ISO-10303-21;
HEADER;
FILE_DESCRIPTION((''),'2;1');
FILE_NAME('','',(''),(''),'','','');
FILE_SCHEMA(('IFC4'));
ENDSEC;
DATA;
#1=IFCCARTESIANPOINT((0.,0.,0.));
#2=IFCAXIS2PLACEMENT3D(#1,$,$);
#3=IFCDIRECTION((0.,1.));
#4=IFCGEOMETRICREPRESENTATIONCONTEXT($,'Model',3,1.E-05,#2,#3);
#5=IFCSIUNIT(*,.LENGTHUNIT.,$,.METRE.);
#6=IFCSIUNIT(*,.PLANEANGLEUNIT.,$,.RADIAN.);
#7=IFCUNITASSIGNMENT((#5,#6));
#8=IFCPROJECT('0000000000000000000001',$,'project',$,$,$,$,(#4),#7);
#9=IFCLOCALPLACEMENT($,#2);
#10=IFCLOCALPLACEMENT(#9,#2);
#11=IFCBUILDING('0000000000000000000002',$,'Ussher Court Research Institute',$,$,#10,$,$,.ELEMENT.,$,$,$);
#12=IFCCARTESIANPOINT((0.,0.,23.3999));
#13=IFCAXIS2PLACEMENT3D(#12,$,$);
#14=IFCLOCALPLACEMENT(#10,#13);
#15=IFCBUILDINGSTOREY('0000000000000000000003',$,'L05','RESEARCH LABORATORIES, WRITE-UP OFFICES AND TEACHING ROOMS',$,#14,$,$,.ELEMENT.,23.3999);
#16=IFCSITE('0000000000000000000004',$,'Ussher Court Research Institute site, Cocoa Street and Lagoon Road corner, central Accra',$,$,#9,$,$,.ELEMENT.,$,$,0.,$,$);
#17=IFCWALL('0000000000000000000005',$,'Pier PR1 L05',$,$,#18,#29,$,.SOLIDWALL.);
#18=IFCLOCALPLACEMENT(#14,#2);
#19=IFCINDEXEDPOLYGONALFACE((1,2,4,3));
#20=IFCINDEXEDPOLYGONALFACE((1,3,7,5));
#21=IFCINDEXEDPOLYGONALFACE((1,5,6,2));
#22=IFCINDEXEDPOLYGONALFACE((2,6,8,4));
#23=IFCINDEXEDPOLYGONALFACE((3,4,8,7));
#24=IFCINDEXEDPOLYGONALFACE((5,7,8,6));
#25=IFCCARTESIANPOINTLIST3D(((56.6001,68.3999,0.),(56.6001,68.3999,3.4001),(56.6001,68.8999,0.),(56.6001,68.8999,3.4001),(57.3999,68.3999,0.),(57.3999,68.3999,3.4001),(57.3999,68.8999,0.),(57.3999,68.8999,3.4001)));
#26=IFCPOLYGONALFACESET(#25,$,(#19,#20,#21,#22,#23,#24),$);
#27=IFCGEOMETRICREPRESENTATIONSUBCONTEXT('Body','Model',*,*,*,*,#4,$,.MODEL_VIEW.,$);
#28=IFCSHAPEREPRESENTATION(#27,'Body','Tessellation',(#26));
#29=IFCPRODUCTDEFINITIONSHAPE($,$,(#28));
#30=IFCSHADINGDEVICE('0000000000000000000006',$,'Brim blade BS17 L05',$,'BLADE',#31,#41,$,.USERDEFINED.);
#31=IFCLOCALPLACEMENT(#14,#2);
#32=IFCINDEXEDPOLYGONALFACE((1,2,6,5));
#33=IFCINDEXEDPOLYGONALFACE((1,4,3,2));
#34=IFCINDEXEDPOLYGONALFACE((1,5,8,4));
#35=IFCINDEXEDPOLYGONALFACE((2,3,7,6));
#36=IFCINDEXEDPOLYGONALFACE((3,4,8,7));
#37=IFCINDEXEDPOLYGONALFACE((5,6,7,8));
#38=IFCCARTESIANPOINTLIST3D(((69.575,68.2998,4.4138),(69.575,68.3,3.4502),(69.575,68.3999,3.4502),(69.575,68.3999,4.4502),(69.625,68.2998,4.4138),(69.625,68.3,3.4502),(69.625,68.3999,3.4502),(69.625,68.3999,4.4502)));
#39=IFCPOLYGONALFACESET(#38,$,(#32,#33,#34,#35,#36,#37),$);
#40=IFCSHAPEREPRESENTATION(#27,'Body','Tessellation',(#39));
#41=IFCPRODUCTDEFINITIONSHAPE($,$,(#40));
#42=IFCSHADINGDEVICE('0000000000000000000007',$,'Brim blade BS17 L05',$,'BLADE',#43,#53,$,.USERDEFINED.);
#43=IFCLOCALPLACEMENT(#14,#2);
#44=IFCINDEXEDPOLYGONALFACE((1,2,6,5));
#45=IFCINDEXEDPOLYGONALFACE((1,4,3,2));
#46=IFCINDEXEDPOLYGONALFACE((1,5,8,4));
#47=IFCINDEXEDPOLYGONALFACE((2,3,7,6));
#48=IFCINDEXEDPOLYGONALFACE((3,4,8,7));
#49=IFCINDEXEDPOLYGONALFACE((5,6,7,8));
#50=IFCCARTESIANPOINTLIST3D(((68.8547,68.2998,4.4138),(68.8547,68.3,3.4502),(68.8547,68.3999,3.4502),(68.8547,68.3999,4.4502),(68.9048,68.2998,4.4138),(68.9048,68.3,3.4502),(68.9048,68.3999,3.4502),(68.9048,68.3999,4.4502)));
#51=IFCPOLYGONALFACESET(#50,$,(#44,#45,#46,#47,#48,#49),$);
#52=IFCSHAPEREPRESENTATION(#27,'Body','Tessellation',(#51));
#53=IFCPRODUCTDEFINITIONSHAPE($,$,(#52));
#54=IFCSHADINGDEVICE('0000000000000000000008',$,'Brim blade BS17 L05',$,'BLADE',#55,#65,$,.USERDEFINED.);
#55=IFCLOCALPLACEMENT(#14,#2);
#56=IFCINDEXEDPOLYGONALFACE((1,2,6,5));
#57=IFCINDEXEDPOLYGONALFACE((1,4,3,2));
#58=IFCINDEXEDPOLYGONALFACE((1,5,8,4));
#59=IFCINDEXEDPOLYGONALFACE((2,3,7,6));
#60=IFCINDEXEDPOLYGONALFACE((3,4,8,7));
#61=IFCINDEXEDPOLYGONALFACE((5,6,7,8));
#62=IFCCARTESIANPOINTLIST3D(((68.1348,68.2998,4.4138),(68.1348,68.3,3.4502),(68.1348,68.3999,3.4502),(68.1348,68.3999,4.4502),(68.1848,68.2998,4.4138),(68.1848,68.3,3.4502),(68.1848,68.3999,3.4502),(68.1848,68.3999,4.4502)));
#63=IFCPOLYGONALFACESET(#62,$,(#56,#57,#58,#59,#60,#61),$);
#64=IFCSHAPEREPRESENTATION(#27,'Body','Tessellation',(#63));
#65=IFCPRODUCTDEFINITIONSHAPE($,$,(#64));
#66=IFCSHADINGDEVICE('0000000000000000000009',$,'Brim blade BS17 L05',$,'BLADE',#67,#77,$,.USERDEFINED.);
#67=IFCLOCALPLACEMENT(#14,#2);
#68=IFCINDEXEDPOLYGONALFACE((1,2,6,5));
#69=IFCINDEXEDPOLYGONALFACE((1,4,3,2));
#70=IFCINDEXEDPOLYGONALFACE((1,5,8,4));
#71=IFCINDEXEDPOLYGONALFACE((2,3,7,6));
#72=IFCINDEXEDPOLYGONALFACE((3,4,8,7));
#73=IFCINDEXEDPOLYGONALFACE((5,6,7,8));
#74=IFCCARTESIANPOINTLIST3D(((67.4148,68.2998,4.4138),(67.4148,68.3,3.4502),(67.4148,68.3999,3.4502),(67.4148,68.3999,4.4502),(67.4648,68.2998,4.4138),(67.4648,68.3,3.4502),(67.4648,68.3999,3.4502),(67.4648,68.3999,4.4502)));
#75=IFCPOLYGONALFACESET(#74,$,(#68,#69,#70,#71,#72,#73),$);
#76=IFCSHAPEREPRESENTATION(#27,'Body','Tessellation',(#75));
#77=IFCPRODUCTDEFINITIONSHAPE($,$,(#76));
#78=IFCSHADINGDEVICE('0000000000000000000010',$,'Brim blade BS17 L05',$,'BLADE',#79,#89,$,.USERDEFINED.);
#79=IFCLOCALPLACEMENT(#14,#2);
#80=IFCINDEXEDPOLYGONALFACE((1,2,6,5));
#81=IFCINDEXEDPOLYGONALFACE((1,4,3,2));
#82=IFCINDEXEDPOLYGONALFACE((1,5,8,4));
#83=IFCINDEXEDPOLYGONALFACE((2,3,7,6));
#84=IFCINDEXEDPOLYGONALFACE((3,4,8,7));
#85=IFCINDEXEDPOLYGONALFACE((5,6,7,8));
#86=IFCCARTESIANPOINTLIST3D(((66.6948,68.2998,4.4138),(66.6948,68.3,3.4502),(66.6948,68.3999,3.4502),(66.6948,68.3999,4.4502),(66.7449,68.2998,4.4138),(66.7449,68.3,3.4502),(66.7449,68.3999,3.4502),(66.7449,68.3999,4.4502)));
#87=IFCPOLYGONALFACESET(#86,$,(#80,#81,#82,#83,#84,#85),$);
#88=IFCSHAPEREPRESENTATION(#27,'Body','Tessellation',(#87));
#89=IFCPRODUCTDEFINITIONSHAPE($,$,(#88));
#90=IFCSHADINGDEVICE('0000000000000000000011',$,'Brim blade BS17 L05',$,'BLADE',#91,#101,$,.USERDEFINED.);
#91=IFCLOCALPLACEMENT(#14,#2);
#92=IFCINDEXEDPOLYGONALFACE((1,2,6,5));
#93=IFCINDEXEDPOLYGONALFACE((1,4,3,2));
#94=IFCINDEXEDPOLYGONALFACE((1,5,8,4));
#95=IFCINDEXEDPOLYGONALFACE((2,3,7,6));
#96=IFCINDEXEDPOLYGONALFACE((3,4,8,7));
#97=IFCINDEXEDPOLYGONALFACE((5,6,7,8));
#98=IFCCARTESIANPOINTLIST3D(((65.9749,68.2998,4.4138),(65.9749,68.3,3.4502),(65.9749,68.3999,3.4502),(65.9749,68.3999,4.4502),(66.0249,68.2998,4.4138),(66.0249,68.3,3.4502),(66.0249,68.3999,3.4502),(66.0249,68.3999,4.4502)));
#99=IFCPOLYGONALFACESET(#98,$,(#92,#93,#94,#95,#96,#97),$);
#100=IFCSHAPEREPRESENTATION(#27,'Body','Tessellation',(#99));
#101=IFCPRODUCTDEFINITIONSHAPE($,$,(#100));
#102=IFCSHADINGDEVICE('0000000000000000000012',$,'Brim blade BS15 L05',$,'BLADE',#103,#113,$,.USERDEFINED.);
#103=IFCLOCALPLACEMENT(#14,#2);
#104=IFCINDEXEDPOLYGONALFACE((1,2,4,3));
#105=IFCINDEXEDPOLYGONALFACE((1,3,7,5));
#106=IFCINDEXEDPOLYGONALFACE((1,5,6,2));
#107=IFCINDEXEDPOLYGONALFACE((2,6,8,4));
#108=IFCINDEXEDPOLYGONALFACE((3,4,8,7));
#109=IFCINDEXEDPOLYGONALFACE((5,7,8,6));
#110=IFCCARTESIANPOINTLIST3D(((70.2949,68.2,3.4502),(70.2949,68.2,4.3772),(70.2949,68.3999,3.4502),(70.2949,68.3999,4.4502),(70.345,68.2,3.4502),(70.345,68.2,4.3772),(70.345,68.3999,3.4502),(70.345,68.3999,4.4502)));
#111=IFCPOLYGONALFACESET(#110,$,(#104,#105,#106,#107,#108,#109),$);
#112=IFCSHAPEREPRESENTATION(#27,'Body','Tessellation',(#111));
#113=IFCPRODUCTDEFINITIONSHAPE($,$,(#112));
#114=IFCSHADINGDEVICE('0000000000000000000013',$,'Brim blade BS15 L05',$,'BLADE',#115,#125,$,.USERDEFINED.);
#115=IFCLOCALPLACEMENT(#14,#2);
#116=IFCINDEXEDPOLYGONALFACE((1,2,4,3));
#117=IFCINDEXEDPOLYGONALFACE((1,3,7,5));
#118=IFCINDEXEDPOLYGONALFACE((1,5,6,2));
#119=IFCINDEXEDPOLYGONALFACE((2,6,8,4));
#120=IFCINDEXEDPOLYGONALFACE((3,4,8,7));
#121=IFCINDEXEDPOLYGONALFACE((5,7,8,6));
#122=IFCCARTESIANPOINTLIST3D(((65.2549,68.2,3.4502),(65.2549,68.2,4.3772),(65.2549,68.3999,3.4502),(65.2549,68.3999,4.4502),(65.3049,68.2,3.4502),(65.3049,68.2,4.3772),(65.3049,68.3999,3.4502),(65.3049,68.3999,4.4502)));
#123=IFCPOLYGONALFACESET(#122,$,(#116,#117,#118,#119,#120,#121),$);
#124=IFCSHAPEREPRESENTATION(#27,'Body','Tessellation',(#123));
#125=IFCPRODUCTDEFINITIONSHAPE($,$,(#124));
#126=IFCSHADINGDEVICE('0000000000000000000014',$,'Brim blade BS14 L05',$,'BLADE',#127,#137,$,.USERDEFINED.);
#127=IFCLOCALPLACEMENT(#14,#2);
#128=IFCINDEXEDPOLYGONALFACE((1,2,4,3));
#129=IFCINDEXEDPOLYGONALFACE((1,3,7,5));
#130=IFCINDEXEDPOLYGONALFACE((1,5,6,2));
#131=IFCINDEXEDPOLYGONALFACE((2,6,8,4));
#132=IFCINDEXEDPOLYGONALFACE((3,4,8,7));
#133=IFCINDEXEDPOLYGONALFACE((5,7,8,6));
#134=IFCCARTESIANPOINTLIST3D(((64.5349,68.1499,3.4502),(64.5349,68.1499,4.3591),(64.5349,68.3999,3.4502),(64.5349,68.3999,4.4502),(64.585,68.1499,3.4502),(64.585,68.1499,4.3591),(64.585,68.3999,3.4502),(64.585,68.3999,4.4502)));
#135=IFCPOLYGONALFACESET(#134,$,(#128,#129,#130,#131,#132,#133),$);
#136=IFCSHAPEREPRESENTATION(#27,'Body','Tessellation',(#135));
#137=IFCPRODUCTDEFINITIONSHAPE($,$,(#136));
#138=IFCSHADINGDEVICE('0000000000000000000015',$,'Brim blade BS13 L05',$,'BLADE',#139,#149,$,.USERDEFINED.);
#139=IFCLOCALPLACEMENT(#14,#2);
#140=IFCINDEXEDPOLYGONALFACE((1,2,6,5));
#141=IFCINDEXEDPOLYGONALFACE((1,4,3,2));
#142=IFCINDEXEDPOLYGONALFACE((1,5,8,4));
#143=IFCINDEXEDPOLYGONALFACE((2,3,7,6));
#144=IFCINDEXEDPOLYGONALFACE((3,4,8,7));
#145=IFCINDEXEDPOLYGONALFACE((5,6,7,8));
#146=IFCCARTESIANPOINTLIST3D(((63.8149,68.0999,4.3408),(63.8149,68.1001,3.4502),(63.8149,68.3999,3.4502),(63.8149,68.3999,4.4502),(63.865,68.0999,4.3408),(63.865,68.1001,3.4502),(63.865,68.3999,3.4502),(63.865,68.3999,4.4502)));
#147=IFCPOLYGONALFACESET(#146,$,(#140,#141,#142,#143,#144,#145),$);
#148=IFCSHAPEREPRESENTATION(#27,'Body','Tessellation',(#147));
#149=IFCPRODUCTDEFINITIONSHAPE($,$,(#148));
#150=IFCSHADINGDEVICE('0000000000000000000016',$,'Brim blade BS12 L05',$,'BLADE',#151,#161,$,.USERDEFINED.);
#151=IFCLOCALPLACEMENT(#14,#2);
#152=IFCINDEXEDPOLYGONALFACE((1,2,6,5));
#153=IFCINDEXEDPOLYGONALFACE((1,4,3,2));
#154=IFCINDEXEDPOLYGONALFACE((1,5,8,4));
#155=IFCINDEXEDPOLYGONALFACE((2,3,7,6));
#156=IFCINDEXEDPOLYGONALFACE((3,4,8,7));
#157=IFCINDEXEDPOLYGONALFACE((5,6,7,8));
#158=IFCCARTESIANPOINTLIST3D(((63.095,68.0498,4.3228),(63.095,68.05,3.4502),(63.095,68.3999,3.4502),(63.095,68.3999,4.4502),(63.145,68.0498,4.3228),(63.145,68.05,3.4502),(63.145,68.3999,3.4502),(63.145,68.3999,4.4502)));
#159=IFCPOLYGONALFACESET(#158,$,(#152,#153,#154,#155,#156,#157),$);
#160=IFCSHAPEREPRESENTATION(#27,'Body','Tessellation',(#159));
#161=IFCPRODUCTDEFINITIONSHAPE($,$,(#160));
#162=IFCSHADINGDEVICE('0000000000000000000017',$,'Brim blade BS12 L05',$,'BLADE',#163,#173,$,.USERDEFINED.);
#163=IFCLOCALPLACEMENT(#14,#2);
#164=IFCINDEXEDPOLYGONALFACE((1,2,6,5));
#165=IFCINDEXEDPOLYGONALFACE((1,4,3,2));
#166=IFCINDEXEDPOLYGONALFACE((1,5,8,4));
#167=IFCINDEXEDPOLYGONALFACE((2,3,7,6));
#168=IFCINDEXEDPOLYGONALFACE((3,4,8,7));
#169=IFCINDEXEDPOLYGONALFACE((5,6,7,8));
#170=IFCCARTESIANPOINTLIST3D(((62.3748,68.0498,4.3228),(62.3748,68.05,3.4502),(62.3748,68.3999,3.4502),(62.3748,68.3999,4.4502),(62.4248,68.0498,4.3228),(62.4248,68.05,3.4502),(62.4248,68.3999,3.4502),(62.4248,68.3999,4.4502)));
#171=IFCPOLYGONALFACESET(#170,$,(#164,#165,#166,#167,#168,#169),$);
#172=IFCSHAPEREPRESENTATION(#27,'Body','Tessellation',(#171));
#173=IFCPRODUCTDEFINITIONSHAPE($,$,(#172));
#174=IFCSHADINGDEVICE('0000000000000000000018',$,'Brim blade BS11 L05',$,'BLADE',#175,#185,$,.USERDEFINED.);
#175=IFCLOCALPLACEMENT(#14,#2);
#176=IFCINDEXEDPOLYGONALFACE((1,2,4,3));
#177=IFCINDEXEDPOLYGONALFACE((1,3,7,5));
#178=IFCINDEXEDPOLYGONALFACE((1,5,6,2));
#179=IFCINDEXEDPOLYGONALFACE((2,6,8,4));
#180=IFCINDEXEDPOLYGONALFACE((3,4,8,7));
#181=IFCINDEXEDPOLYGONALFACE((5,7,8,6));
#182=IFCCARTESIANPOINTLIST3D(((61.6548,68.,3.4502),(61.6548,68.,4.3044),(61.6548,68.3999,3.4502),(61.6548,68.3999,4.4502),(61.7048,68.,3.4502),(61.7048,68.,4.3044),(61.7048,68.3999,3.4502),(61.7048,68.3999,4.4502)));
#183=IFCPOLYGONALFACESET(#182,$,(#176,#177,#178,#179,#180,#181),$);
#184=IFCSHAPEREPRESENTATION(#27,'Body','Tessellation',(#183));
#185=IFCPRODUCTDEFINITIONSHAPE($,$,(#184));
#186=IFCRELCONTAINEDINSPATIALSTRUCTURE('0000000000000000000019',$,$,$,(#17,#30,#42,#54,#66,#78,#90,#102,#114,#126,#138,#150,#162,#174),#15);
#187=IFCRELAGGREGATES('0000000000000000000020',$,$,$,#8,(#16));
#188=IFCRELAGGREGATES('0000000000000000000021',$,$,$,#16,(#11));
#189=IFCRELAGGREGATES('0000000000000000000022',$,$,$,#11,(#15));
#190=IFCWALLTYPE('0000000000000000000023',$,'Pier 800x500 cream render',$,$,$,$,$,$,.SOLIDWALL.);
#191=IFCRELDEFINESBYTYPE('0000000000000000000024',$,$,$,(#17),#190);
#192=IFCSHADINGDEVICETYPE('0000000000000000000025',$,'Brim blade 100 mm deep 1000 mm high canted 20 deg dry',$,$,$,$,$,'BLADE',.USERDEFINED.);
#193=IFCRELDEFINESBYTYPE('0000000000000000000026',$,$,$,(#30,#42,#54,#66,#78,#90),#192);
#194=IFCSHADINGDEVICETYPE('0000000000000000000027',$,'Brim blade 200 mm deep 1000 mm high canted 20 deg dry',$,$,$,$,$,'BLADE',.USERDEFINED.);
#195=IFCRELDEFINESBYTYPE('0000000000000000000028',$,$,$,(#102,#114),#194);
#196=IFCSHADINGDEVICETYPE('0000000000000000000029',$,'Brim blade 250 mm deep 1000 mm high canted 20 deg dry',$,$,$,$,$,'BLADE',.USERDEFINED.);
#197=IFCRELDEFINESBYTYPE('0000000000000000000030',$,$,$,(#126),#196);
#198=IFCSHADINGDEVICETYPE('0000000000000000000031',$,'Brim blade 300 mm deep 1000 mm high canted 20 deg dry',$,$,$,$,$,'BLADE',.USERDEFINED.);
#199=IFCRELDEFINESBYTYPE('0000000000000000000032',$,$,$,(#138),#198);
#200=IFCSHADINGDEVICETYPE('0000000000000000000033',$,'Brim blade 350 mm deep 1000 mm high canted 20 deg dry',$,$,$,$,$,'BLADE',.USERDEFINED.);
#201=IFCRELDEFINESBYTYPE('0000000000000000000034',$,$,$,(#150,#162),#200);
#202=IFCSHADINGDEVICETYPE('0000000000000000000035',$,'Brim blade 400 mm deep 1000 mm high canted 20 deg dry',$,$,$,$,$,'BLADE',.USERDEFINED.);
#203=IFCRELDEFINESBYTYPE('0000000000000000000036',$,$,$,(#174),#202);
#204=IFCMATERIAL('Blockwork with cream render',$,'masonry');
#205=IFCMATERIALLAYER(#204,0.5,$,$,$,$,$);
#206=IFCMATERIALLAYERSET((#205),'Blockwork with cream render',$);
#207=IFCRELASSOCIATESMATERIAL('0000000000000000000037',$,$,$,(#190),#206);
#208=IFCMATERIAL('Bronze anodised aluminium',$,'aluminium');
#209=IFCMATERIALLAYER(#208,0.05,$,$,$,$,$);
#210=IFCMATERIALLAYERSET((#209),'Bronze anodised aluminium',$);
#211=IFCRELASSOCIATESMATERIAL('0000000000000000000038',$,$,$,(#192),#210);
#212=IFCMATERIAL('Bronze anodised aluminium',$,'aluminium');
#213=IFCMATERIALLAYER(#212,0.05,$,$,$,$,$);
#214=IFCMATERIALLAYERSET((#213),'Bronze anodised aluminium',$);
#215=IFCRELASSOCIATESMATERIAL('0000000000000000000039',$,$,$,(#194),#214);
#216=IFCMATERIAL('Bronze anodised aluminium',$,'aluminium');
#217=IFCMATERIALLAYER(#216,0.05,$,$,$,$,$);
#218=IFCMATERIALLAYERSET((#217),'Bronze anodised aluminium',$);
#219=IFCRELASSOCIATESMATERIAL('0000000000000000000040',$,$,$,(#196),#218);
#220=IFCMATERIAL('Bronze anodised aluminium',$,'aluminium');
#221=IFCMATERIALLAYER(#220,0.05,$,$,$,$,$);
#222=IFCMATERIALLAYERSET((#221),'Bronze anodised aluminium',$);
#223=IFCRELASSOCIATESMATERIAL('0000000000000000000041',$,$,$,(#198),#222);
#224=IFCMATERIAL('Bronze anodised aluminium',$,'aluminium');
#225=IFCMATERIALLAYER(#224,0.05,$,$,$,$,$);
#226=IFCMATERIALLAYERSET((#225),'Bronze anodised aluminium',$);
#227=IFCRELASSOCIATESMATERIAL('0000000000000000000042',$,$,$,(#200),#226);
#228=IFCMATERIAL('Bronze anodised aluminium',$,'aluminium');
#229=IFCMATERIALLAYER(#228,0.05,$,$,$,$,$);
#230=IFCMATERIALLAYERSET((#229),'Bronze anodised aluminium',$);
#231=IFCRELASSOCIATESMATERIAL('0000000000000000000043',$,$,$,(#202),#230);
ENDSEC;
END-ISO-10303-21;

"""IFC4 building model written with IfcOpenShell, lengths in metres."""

from ifc_helpers import new_model, si_unit, direction, frame, frame_2d, origin, place, context, subcontext, project, spatial, polyline, rectangle, outline, extrude, material, layer, layer_set, type_object, element, save


model = new_model("IFC4")

# Units and contexts
model_context = context("Model", 3, precision=1e-05, world=origin(), true_north=direction((0.0, 1.0)))
body_context = subcontext(model_context, "Body", "Model", "MODEL_VIEW")
ifc_project = project(units=[si_unit("LENGTHUNIT", "METRE"), si_unit("PLANEANGLEUNIT", "RADIAN")], contexts=[model_context])

# Site, building, storey
site_placement = place(None, origin())
site = spatial("IfcSite", under=ifc_project, at=site_placement, Name="Ussher Court Research Institute site, Cocoa Street and Lagoon Road corner, central Accra", CompositionType="ELEMENT", RefElevation=0.0)
building_placement = place(site_placement, origin())
building = spatial("IfcBuilding", under=site, at=building_placement, Name="Ussher Court Research Institute", CompositionType="ELEMENT")
storey_placement = place(building_placement, frame((0.0, 0.0, 23.3999)))
storey = spatial("IfcBuildingStorey", under=building, at=storey_placement, Name="L05", Description="RESEARCH LABORATORIES, WRITE-UP OFFICES AND TEACHING ROOMS", CompositionType="ELEMENT", Elevation=23.3999)

# Wall
ifc_material_1 = material(Name="Blockwork with cream render", Category="masonry")
ifc_layer_1 = layer(ifc_material_1, 0.5)
ifc_layer_set_1 = layer_set([ifc_layer_1], Name="Blockwork with cream render")
wall_type_1 = type_object("IfcWallType", Name="Pier 800x500 cream render", PredefinedType="SOLIDWALL", material=ifc_layer_set_1)
wall_1_placement = place(storey_placement, frame((57.3999, 68.6499, 0.0), z_axis=(0.0, 0.0, 1.0), x_axis=(-1.0, 0.0, 0.0)))
element("IfcWall", 1, at=wall_1_placement, inside=storey, type_object=wall_type_1, Name="Pier PR1 L05", PredefinedType="SOLIDWALL", context=body_context, shape_type="SweptSolid", body=[
    extrude(rectangle(XDim=0.7998, YDim=0.5, at=frame_2d((0.3999, 0.0))), origin(), (0.0, 0.0, 1.0), 3.4001),
])

# Shading devices
ifc_material_2 = material(Name="Bronze anodised aluminium", Category="aluminium")
ifc_layer_2 = layer(ifc_material_2, 0.05)
ifc_layer_set_2 = layer_set([ifc_layer_2], Name="Bronze anodised aluminium")
shading_device_type_1 = type_object("IfcShadingDeviceType", Name="Brim blade 100 mm deep 1000 mm high canted 20 deg dry", ElementType="BLADE", PredefinedType="USERDEFINED", material=ifc_layer_set_2)
for number, where, z_axis, x_axis, name in (
    (2, (69.6001, 68.3999, 3.4502), (0.0, 0.0, 1.0), (0.0, -1.0, 0.0), "Brim blade BS17 L05"),
    (3, (68.8799, 68.3999, 3.4502), (0.0, 0.0, 1.0), (0.0, -1.0, 0.0), "Brim blade BS17 L05"),
    (4, (68.1599, 68.3999, 3.4502), (0.0, 0.0, 1.0), (0.0, -1.0, 0.0), "Brim blade BS17 L05"),
    (5, (67.4399, 68.3999, 3.4502), (0.0, 0.0, 1.0), (0.0, -1.0, 0.0), "Brim blade BS17 L05"),
    (6, (66.72, 68.3999, 3.4502), (0.0, 0.0, 1.0), (0.0, -1.0, 0.0), "Brim blade BS17 L05"),
    (7, (66.0, 68.3999, 3.4502), (0.0, 0.0, 1.0), (0.0, -1.0, 0.0), "Brim blade BS17 L05"),
):
    element("IfcShadingDevice", number, at=place(storey_placement, frame(where, z_axis=z_axis, x_axis=x_axis)), inside=storey, type_object=shading_device_type_1, Name=name, ObjectType="BLADE", PredefinedType="USERDEFINED", context=body_context, shape_type="SweptSolid", body=[
        extrude(outline(polyline([(0.0, 0.0), (0.0999, 0.0), (0.1001, 0.9636), (0.0, 1.0), (0.0, 0.0)])), frame((0.0, 0.0249, 0.0), z_axis=(0.0, -1.0, 0.0), x_axis=(1.0, 0.0, 0.0)), (0.0, 0.0, 1.0), 0.05),
    ])
ifc_material_3 = material(Name="Bronze anodised aluminium", Category="aluminium")
ifc_layer_3 = layer(ifc_material_3, 0.05)
ifc_layer_set_3 = layer_set([ifc_layer_3], Name="Bronze anodised aluminium")
shading_device_type_2 = type_object("IfcShadingDeviceType", Name="Brim blade 200 mm deep 1000 mm high canted 20 deg dry", ElementType="BLADE", PredefinedType="USERDEFINED", material=ifc_layer_set_3)
for number, where, z_axis, x_axis, name in (
    (8, (70.3201, 68.3999, 3.4502), (0.0, 0.0, 1.0), (0.0, -1.0, 0.0), "Brim blade BS15 L05"),
    (9, (65.28, 68.3999, 3.4502), (0.0, 0.0, 1.0), (0.0, -1.0, 0.0), "Brim blade BS15 L05"),
):
    element("IfcShadingDevice", number, at=place(storey_placement, frame(where, z_axis=z_axis, x_axis=x_axis)), inside=storey, type_object=shading_device_type_2, Name=name, ObjectType="BLADE", PredefinedType="USERDEFINED", context=body_context, shape_type="SweptSolid", body=[
        extrude(outline(polyline([(0.0, 0.0), (0.2, 0.0), (0.2, 0.927), (0.0, 1.0), (0.0, 0.0)])), frame((0.0, 0.0249, 0.0), z_axis=(0.0, -1.0, 0.0), x_axis=(1.0, 0.0, 0.0)), (0.0, 0.0, 1.0), 0.05),
    ])
ifc_material_4 = material(Name="Bronze anodised aluminium", Category="aluminium")
ifc_layer_4 = layer(ifc_material_4, 0.05)
ifc_layer_set_4 = layer_set([ifc_layer_4], Name="Bronze anodised aluminium")
shading_device_type_3 = type_object("IfcShadingDeviceType", Name="Brim blade 250 mm deep 1000 mm high canted 20 deg dry", ElementType="BLADE", PredefinedType="USERDEFINED", material=ifc_layer_set_4)
shading_device_1_placement = place(storey_placement, frame((64.5601, 68.3999, 3.4502), z_axis=(0.0, 0.0, 1.0), x_axis=(0.0, -1.0, 0.0)))
element("IfcShadingDevice", 10, at=shading_device_1_placement, inside=storey, type_object=shading_device_type_3, Name="Brim blade BS14 L05", ObjectType="BLADE", PredefinedType="USERDEFINED", context=body_context, shape_type="SweptSolid", body=[
    extrude(outline(polyline([(0.0, 0.0), (0.25, 0.0), (0.25, 0.9089), (0.0, 1.0), (0.0, 0.0)])), frame((0.0, 0.0249, 0.0), z_axis=(0.0, -1.0, 0.0), x_axis=(1.0, 0.0, 0.0)), (0.0, 0.0, 1.0), 0.05),
])
ifc_material_5 = material(Name="Bronze anodised aluminium", Category="aluminium")
ifc_layer_5 = layer(ifc_material_5, 0.05)
ifc_layer_set_5 = layer_set([ifc_layer_5], Name="Bronze anodised aluminium")
shading_device_type_4 = type_object("IfcShadingDeviceType", Name="Brim blade 300 mm deep 1000 mm high canted 20 deg dry", ElementType="BLADE", PredefinedType="USERDEFINED", material=ifc_layer_set_5)
shading_device_2_placement = place(storey_placement, frame((63.8401, 68.3999, 3.4502), z_axis=(0.0, 0.0, 1.0), x_axis=(0.0, -1.0, 0.0)))
element("IfcShadingDevice", 11, at=shading_device_2_placement, inside=storey, type_object=shading_device_type_4, Name="Brim blade BS13 L05", ObjectType="BLADE", PredefinedType="USERDEFINED", context=body_context, shape_type="SweptSolid", body=[
    extrude(outline(polyline([(0.0, 0.0), (0.2998, 0.0), (0.3, 0.8906), (0.0, 1.0), (0.0, 0.0)])), frame((0.0, 0.0249, 0.0), z_axis=(0.0, -1.0, 0.0), x_axis=(1.0, 0.0, 0.0)), (0.0, 0.0, 1.0), 0.05),
])
ifc_material_6 = material(Name="Bronze anodised aluminium", Category="aluminium")
ifc_layer_6 = layer(ifc_material_6, 0.05)
ifc_layer_set_6 = layer_set([ifc_layer_6], Name="Bronze anodised aluminium")
shading_device_type_5 = type_object("IfcShadingDeviceType", Name="Brim blade 350 mm deep 1000 mm high canted 20 deg dry", ElementType="BLADE", PredefinedType="USERDEFINED", material=ifc_layer_set_6)
for number, where, z_axis, x_axis, name in (
    (12, (63.1201, 68.3999, 3.4502), (0.0, 0.0, 1.0), (0.0, -1.0, 0.0), "Brim blade BS12 L05"),
    (13, (62.3999, 68.3999, 3.4502), (0.0, 0.0, 1.0), (0.0, -1.0, 0.0), "Brim blade BS12 L05"),
):
    element("IfcShadingDevice", number, at=place(storey_placement, frame(where, z_axis=z_axis, x_axis=x_axis)), inside=storey, type_object=shading_device_type_5, Name=name, ObjectType="BLADE", PredefinedType="USERDEFINED", context=body_context, shape_type="SweptSolid", body=[
        extrude(outline(polyline([(0.0, 0.0), (0.3499, 0.0), (0.3501, 0.8726), (0.0, 1.0), (0.0, 0.0)])), frame((0.0, 0.0249, 0.0), z_axis=(0.0, -1.0, 0.0), x_axis=(1.0, 0.0, 0.0)), (0.0, 0.0, 1.0), 0.05),
    ])
ifc_material_7 = material(Name="Bronze anodised aluminium", Category="aluminium")
ifc_layer_7 = layer(ifc_material_7, 0.05)
ifc_layer_set_7 = layer_set([ifc_layer_7], Name="Bronze anodised aluminium")
shading_device_type_6 = type_object("IfcShadingDeviceType", Name="Brim blade 400 mm deep 1000 mm high canted 20 deg dry", ElementType="BLADE", PredefinedType="USERDEFINED", material=ifc_layer_set_7)
shading_device_3_placement = place(storey_placement, frame((61.6799, 68.3999, 3.4502), z_axis=(0.0, 0.0, 1.0), x_axis=(0.0, -1.0, 0.0)))
element("IfcShadingDevice", 14, at=shading_device_3_placement, inside=storey, type_object=shading_device_type_6, Name="Brim blade BS11 L05", ObjectType="BLADE", PredefinedType="USERDEFINED", context=body_context, shape_type="SweptSolid", body=[
    extrude(outline(polyline([(0.0, 0.0), (0.3999, 0.0), (0.3999, 0.8542), (0.0, 1.0), (0.0, 0.0)])), frame((0.0, 0.0249, 0.0), z_axis=(0.0, -1.0, 0.0), x_axis=(1.0, 0.0, 0.0)), (0.0, 0.0, 1.0), 0.05),
])

save(model, "model.ifc")
